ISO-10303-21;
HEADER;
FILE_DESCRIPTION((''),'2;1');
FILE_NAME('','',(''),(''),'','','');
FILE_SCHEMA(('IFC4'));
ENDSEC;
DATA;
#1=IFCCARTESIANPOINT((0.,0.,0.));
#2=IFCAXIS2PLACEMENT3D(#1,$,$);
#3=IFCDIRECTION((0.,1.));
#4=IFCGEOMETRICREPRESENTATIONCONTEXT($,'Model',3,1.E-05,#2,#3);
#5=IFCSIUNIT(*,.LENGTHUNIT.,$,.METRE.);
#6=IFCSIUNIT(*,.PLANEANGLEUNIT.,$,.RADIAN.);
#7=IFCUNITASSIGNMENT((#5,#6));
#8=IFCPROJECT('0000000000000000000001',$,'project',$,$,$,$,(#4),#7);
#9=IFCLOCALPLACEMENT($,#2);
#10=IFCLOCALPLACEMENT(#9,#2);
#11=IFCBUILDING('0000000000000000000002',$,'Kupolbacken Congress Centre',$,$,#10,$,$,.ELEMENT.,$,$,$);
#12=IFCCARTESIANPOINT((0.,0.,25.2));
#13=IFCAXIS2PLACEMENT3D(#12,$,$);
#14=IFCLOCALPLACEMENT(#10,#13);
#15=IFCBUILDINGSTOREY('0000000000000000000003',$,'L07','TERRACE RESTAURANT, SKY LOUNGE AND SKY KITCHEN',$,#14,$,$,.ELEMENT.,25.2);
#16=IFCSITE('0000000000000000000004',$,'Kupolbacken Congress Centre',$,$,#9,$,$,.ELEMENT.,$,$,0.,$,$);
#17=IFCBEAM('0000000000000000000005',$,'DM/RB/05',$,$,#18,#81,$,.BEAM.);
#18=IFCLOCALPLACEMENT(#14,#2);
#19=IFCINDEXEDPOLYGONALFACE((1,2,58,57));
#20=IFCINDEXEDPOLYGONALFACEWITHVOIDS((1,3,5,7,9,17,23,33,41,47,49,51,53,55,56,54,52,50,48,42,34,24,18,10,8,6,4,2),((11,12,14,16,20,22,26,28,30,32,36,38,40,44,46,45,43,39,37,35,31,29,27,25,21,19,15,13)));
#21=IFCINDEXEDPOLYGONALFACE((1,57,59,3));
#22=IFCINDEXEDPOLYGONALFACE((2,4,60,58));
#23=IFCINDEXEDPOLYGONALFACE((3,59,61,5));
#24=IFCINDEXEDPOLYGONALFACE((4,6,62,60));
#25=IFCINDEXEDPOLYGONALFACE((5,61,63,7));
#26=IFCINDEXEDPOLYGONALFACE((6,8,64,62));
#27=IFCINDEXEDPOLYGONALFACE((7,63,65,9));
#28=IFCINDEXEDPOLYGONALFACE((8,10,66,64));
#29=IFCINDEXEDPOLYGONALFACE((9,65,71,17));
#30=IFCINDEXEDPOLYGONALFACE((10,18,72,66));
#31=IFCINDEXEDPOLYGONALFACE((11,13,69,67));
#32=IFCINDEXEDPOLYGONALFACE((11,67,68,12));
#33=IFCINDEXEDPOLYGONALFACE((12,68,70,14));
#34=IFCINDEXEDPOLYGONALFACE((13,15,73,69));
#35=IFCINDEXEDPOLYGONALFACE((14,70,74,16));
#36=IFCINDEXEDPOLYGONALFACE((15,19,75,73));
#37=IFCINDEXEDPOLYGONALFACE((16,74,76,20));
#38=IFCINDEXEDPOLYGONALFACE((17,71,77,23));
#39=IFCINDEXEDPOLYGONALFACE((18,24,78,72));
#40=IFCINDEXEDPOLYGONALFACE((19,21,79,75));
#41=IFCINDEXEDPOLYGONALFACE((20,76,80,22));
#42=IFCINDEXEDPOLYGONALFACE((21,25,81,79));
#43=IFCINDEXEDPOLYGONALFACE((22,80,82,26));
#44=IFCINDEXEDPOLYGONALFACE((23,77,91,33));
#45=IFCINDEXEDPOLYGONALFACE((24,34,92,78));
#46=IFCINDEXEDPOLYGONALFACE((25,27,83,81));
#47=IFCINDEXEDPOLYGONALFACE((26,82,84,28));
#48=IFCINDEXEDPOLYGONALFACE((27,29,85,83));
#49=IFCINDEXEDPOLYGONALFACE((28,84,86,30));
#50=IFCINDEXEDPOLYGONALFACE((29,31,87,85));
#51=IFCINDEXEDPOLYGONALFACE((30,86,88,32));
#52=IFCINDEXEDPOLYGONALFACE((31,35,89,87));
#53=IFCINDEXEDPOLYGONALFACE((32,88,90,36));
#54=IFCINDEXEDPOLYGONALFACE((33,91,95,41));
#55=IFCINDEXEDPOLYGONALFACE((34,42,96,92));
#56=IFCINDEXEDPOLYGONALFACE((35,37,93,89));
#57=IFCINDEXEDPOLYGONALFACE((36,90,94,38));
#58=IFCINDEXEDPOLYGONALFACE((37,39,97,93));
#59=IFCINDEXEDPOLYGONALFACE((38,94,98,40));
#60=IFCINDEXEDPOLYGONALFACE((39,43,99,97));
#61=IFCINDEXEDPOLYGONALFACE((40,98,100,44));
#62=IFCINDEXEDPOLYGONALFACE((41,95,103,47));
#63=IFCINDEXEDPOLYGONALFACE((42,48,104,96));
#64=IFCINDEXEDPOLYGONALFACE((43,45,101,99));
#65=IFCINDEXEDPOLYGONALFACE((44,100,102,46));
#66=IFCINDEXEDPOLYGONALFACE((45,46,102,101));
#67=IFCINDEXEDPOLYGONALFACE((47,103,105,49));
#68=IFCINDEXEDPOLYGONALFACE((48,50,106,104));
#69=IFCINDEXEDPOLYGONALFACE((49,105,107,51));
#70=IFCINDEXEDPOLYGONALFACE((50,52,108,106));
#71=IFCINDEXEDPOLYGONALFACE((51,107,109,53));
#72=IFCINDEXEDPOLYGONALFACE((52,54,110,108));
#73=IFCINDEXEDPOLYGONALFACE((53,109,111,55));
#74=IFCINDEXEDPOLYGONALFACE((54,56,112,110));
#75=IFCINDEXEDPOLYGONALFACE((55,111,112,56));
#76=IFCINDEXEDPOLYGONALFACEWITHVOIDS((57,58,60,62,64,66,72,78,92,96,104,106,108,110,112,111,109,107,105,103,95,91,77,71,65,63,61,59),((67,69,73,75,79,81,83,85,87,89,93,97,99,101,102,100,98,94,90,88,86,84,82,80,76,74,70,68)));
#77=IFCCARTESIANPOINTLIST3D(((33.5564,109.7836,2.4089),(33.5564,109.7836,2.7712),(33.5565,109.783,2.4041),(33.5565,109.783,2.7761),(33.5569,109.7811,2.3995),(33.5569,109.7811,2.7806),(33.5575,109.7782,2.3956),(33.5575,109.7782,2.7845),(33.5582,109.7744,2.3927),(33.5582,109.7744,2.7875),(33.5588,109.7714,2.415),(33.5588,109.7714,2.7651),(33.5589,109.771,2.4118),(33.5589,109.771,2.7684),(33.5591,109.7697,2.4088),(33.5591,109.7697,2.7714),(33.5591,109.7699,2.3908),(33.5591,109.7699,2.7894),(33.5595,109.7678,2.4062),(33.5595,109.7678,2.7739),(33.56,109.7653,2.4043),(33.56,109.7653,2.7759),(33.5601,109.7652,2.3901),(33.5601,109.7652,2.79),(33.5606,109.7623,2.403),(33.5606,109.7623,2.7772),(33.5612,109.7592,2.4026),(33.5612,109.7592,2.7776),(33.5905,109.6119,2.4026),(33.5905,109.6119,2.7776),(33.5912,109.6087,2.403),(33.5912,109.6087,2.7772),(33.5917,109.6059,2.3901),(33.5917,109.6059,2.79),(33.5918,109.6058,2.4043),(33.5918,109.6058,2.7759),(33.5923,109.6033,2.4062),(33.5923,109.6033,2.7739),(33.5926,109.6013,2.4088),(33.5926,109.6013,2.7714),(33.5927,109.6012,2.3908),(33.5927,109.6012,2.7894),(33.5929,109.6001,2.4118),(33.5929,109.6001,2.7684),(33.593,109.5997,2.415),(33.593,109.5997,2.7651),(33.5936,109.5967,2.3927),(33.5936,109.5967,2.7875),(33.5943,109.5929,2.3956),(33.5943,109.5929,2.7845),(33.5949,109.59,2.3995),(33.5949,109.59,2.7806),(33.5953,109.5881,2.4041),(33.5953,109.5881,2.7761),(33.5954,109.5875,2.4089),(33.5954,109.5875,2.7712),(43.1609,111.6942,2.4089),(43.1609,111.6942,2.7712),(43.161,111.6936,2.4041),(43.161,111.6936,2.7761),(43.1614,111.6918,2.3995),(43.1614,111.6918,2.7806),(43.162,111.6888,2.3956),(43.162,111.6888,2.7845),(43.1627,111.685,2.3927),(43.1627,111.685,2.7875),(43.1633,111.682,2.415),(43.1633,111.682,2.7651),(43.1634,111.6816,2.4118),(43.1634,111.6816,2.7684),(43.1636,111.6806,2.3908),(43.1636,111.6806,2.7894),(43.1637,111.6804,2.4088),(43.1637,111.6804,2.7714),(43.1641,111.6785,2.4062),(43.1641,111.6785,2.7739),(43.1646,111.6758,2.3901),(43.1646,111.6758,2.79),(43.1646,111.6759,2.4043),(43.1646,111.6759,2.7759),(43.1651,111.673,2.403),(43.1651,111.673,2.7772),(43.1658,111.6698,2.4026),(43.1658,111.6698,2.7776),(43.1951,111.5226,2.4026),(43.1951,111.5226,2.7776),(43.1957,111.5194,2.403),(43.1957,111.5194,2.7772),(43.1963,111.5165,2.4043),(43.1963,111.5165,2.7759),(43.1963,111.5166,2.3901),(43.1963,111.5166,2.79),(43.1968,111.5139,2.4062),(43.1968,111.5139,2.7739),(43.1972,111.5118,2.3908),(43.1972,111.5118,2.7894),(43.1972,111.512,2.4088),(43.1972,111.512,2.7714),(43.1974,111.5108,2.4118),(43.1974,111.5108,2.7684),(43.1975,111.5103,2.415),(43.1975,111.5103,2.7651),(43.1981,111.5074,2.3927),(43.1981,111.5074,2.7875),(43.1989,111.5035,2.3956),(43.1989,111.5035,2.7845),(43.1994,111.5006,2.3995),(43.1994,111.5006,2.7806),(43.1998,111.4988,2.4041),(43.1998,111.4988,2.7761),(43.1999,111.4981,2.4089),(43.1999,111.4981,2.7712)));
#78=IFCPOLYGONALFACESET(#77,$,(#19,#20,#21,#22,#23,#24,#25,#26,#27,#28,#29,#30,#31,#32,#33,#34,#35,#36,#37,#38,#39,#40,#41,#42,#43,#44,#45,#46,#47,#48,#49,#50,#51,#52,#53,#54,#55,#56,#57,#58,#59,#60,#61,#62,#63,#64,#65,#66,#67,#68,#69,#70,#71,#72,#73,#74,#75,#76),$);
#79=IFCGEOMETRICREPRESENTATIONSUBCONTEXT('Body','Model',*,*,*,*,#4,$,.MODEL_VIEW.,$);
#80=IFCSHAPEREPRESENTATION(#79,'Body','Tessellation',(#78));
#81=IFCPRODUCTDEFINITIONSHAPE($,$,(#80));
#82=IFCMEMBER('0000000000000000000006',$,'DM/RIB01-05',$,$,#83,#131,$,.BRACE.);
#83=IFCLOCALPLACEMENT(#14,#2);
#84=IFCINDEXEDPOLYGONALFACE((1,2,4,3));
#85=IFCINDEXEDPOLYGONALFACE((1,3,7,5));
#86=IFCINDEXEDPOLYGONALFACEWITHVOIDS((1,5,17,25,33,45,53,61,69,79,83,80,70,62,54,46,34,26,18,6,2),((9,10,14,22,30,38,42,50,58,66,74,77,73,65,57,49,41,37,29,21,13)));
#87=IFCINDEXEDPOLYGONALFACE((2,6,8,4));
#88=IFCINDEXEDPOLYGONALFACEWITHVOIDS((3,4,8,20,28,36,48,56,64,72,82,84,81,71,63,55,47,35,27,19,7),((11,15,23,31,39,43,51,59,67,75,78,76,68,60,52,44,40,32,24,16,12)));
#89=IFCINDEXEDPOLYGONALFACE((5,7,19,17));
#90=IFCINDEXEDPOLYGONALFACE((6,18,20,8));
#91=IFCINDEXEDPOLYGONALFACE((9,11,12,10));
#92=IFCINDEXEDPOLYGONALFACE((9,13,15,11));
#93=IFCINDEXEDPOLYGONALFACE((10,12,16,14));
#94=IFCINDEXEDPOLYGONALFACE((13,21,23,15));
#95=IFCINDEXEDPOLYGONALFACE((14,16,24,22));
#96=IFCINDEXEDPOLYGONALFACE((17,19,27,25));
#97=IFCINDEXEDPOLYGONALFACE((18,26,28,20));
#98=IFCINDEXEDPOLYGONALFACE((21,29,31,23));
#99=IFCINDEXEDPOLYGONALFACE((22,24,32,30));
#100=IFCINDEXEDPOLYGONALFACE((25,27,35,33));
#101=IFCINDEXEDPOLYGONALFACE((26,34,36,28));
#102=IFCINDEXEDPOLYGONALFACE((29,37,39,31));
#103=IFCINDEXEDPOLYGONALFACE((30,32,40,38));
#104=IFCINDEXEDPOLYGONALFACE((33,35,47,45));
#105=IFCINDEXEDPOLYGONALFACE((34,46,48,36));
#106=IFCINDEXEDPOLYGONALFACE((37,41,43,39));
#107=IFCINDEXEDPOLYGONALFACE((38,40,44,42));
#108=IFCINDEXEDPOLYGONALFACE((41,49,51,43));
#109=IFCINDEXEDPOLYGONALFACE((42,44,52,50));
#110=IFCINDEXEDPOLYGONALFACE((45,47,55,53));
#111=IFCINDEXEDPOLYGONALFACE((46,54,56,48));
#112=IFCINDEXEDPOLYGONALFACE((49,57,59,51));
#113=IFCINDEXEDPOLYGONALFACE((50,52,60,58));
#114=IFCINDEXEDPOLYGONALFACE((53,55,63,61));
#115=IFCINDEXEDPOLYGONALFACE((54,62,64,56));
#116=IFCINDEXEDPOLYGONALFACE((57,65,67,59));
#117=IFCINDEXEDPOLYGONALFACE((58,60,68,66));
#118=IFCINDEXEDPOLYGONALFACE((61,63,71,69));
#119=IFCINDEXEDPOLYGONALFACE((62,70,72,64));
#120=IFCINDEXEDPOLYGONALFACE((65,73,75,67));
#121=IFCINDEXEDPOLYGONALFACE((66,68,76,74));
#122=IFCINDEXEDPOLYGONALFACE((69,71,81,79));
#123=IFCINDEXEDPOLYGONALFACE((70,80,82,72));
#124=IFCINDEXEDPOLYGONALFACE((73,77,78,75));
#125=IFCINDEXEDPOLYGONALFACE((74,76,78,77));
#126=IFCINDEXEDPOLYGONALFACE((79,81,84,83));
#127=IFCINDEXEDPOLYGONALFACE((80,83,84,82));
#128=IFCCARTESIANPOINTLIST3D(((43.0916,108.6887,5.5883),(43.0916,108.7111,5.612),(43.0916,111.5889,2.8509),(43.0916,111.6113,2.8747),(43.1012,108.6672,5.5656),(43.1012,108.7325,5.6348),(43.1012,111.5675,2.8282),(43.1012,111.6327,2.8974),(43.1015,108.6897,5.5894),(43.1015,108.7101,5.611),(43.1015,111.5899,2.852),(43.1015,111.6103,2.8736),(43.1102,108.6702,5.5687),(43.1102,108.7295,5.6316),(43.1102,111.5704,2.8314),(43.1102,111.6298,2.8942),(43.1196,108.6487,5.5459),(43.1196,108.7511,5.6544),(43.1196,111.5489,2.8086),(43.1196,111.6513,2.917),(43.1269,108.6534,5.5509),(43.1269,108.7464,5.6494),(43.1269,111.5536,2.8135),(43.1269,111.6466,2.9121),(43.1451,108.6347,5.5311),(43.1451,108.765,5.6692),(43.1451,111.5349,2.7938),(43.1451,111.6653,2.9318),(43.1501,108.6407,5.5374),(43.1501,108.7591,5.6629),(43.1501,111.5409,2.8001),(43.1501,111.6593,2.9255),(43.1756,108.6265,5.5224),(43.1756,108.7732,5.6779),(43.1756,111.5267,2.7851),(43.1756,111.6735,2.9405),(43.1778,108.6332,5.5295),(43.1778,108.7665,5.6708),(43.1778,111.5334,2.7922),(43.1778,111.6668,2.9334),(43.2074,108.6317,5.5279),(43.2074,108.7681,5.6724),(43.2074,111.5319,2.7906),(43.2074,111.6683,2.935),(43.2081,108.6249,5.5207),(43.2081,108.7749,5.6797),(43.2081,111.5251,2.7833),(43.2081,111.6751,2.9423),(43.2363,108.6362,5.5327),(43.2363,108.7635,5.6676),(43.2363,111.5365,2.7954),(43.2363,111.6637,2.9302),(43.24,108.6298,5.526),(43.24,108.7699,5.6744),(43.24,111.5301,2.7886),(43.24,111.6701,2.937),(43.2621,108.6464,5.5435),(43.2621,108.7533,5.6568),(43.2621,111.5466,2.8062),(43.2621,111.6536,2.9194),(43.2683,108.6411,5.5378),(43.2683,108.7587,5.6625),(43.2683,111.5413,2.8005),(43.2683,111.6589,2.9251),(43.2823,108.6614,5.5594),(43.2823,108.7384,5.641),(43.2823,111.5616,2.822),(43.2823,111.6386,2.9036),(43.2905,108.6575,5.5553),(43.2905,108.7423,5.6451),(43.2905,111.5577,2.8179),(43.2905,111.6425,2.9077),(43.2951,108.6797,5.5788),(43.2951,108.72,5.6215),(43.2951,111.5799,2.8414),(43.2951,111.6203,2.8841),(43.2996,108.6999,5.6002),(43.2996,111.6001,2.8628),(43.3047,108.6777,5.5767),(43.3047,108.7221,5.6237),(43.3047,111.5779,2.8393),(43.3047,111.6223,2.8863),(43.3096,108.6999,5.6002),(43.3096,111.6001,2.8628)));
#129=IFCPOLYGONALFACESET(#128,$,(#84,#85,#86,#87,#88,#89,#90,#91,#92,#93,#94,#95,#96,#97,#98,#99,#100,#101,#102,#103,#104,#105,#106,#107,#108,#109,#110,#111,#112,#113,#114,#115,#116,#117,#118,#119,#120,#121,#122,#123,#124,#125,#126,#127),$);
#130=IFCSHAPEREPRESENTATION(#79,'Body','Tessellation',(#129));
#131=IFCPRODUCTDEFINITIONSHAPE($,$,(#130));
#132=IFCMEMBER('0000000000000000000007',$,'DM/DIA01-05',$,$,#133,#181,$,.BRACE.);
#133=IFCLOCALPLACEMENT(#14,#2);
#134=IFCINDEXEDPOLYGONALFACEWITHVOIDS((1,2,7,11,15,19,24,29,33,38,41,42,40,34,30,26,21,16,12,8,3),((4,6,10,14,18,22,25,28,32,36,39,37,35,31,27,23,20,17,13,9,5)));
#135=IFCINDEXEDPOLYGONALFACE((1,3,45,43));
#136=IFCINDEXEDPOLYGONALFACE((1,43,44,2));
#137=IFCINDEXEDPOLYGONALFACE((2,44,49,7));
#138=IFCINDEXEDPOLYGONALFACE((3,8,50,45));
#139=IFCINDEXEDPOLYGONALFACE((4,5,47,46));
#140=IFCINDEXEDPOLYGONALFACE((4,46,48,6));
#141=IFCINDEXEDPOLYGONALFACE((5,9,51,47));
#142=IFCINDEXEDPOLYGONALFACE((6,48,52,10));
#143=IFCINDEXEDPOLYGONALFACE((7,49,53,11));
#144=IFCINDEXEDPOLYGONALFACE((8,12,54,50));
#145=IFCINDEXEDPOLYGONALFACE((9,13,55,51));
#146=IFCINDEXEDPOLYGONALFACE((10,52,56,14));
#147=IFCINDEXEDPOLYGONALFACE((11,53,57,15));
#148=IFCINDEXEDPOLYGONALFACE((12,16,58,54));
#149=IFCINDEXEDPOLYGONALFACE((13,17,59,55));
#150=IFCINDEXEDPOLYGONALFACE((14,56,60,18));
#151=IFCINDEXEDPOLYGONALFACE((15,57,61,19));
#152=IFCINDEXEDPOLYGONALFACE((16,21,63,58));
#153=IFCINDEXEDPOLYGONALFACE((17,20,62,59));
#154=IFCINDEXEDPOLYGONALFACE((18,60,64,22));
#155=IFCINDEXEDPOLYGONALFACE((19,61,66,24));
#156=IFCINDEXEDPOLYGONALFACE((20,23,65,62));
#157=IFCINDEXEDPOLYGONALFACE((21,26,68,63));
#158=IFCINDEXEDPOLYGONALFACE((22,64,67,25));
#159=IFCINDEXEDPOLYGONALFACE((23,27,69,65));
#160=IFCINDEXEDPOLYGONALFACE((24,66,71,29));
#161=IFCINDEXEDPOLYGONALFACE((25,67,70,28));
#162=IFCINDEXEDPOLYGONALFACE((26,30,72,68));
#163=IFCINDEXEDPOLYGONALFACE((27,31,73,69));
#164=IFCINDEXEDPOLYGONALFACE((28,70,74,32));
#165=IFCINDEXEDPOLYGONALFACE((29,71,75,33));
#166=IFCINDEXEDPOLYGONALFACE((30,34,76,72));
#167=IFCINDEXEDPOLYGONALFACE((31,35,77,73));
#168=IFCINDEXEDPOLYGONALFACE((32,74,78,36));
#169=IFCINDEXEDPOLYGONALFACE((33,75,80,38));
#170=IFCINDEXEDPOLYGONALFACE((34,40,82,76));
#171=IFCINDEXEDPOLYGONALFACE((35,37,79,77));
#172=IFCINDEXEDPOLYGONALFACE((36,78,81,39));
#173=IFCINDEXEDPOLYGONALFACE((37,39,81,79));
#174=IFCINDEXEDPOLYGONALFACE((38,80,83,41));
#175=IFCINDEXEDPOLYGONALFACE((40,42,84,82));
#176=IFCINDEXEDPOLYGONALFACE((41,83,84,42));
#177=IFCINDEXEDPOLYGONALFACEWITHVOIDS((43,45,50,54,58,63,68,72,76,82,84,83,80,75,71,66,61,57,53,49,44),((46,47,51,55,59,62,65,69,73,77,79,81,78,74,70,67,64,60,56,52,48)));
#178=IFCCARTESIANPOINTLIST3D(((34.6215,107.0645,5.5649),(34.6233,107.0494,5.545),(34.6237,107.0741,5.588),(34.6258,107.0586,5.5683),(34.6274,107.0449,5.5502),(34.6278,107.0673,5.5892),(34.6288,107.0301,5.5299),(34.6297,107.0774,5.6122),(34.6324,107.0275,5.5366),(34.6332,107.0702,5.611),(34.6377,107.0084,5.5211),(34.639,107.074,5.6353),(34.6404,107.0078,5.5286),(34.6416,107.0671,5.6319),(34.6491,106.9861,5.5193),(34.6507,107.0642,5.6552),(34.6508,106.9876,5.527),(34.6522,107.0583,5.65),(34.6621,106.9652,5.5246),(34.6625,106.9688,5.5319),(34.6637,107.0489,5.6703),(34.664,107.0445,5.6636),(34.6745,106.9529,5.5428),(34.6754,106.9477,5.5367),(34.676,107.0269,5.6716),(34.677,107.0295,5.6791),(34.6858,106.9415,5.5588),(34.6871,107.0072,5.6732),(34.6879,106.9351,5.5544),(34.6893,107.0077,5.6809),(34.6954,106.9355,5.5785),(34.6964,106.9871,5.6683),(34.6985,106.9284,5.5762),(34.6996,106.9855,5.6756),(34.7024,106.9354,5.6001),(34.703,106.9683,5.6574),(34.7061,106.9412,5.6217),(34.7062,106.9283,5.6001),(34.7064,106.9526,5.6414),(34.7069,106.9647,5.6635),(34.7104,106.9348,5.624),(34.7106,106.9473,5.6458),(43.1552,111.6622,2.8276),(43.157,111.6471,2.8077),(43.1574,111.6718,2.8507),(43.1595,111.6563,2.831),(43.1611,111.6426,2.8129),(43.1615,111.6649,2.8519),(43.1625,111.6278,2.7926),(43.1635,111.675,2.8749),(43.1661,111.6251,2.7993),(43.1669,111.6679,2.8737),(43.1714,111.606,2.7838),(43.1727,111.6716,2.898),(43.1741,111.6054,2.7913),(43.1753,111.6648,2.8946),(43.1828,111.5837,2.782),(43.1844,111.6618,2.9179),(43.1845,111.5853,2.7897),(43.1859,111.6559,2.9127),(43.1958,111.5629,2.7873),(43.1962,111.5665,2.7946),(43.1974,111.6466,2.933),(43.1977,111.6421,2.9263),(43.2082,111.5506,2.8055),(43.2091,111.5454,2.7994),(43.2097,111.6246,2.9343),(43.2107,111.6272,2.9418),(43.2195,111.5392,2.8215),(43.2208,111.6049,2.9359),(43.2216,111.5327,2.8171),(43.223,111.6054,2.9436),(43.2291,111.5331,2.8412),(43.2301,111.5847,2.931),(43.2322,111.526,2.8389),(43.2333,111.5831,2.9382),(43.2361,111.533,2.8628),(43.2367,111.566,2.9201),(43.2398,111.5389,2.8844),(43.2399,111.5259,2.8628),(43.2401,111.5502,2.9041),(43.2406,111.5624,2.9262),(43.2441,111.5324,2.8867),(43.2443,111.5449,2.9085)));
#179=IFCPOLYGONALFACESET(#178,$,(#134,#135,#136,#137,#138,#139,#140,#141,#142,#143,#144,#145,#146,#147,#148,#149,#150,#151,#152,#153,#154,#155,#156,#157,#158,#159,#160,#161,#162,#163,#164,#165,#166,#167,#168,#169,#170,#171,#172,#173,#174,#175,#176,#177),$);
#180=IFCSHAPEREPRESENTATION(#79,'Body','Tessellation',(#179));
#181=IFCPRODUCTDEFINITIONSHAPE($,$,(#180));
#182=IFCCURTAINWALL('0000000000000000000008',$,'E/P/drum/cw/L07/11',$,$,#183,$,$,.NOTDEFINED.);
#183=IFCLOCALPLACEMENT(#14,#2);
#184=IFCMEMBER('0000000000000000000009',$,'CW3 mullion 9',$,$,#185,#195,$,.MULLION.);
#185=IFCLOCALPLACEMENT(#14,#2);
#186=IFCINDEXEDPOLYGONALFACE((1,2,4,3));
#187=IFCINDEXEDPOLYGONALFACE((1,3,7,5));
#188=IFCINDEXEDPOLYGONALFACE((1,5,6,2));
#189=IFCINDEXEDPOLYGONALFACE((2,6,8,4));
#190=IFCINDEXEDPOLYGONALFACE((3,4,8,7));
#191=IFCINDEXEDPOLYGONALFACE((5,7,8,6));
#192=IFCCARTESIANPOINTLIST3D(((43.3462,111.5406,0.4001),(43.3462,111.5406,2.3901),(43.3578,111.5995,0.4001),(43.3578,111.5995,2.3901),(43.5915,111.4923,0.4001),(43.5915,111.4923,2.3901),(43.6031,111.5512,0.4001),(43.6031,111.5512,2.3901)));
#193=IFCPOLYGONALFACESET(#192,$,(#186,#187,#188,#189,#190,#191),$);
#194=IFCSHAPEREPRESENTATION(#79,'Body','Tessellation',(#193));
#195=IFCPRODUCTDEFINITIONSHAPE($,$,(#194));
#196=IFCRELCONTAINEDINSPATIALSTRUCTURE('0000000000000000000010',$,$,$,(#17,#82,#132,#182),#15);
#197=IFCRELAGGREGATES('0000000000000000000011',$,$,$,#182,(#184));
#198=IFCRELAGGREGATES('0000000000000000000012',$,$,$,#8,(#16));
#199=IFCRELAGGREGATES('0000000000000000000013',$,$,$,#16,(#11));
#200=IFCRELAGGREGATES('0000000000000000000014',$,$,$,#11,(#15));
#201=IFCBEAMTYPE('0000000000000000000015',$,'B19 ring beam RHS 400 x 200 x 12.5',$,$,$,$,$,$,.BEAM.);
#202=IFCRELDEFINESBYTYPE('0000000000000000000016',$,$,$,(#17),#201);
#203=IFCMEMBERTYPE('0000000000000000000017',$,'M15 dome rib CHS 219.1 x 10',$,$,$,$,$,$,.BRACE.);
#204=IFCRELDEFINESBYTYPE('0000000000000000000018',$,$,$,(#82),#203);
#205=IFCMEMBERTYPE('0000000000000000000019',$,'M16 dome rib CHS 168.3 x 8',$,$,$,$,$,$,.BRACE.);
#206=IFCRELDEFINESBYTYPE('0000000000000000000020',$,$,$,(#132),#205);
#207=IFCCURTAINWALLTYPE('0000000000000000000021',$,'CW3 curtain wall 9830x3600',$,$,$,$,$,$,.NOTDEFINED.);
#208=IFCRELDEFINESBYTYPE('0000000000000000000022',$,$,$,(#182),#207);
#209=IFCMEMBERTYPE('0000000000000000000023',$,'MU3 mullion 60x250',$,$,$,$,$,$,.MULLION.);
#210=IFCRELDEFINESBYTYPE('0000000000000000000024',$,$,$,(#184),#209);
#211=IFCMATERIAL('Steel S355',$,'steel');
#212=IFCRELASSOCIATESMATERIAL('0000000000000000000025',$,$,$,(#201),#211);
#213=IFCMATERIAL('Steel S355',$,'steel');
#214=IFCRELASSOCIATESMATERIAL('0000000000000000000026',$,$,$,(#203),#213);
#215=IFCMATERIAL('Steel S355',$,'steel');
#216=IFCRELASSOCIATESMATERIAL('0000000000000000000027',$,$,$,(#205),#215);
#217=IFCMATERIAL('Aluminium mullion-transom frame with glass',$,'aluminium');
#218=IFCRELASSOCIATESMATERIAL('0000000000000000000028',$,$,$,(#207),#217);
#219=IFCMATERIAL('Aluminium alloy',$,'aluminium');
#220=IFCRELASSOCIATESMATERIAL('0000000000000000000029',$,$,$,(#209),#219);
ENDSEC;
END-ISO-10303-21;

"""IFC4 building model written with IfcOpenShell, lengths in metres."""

from ifc_helpers import new_model, si_unit, direction, frame, origin, origin_2d, place, context, subcontext, project, spatial, rectangle, hollow_rectangle, hollow_circle, extrude, material, material_profile, profile_set, type_object, element, aggregate, save


model = new_model("IFC4")

# Units and contexts
model_context = context("Model", 3, precision=1e-05, world=origin(), true_north=direction((0.0, 1.0)))
body_context = subcontext(model_context, "Body", "Model", "MODEL_VIEW")
ifc_project = project(units=[si_unit("LENGTHUNIT", "METRE"), si_unit("PLANEANGLEUNIT", "RADIAN")], contexts=[model_context])

# Site, building, storey
site_placement = place(None, origin())
site = spatial("IfcSite", under=ifc_project, at=site_placement, Name="Kupolbacken Congress Centre", CompositionType="ELEMENT", RefElevation=0.0)
building_placement = place(site_placement, origin())
building = spatial("IfcBuilding", under=site, at=building_placement, Name="Kupolbacken Congress Centre", CompositionType="ELEMENT")
storey_placement = place(building_placement, frame((0.0, 0.0, 25.2)))
storey = spatial("IfcBuildingStorey", under=building, at=storey_placement, Name="L07", Description="TERRACE RESTAURANT, SKY LOUNGE AND SKY KITCHEN", CompositionType="ELEMENT", Elevation=25.2)

# Beam
ifc_material_1 = material(Name="Steel S355", Category="steel")
ifc_material_profile_1 = material_profile(ifc_material_1, hollow_rectangle(XDim=0.2, YDim=0.3999, WallThickness=0.0125, InnerFilletRadius=0.0125, OuterFilletRadius=0.0188, at=origin_2d()), Name="RHS 400 x 200 x 12.5")
ifc_profile_set_1 = profile_set([ifc_material_profile_1], Name="Steel S355")
beam_type_1 = type_object("IfcBeamType", Name="B19 ring beam RHS 400 x 200 x 12.5", PredefinedType="BEAM", material=ifc_profile_set_1)
beam_placement = place(storey_placement, frame((43.1804, 111.5962, 2.5901), z_axis=(-0.980782, -0.195109, 0.0), x_axis=(0.195109, -0.980782, 0.0)))
element("IfcBeam", 1, at=beam_placement, inside=storey, type_object=beam_type_1, Name="DM/RB/05", PredefinedType="BEAM", context=body_context, shape_type="SweptSolid", body=[
    extrude(hollow_rectangle(XDim=0.2, YDim=0.3999, WallThickness=0.0125, InnerFilletRadius=0.0125, OuterFilletRadius=0.0188, at=origin_2d()), origin(), (0.0, 0.0, 1.0), 9.7927),
])

# Members
ifc_material_2 = material(Name="Steel S355", Category="steel")
ifc_material_profile_2 = material_profile(ifc_material_2, hollow_circle(Radius=0.1096, WallThickness=0.01, at=origin_2d()), Name="CHS 219.1 x 10")
ifc_profile_set_2 = profile_set([ifc_material_profile_2], Name="Steel S355")
member_type_1 = type_object("IfcMemberType", Name="M15 dome rib CHS 219.1 x 10", PredefinedType="BRACE", material=ifc_profile_set_2)
member_1_placement = place(storey_placement, frame((43.2, 111.6001, 2.8628), z_axis=(0.0, -0.727229, 0.686395), x_axis=(1.0, 0.0, 0.0)))
element("IfcMember", 2, at=member_1_placement, inside=storey, type_object=member_type_1, Name="DM/RIB01-05", PredefinedType="BRACE", context=body_context, shape_type="SweptSolid", body=[
    extrude(hollow_circle(Radius=0.1096, WallThickness=0.01, at=origin_2d()), origin(), (0.0, 0.0, 1.0), 3.988),
])
ifc_material_3 = material(Name="Steel S355", Category="steel")
ifc_material_profile_3 = material_profile(ifc_material_3, hollow_circle(Radius=0.0842, WallThickness=0.0081, at=origin_2d()), Name="CHS 168.3 x 8")
ifc_profile_set_3 = profile_set([ifc_material_profile_3], Name="Steel S355")
member_type_2 = type_object("IfcMemberType", Name="M16 dome rib CHS 168.3 x 8", PredefinedType="BRACE", material=ifc_profile_set_3)
member_2_placement = place(storey_placement, frame((43.2, 111.6001, 2.8628), z_axis=(-0.847227, -0.456457, 0.27176), x_axis=(0.474307, -0.880359, 0.0)))
element("IfcMember", 3, at=member_2_placement, inside=storey, type_object=member_type_2, Name="DM/DIA01-05", PredefinedType="BRACE", context=body_context, shape_type="SweptSolid", body=[
    extrude(hollow_circle(Radius=0.0842, WallThickness=0.0081, at=origin_2d()), origin(), (0.0, 0.0, 1.0), 10.0725),
])

# Curtain wall, member
ifc_material_4 = material(Name="Aluminium mullion-transom frame with glass", Category="aluminium")
curtain_wall_type = type_object("IfcCurtainWallType", Name="CW3 curtain wall 9830x3600", PredefinedType="NOTDEFINED", material=ifc_material_4)
curtain_wall_placement = place(storey_placement, origin())
curtain_wall = element("IfcCurtainWall", 4, at=curtain_wall_placement, inside=storey, type_object=curtain_wall_type, Name="E/P/drum/cw/L07/11", PredefinedType="NOTDEFINED")
ifc_material_5 = material(Name="Aluminium alloy", Category="aluminium")
ifc_material_profile_4 = material_profile(ifc_material_5, rectangle(XDim=0.0601, YDim=0.25, at=origin_2d()), Name="60 x 250")
ifc_profile_set_4 = profile_set([ifc_material_profile_4], Name="Aluminium alloy")
member_type_3 = type_object("IfcMemberType", Name="MU3 mullion 60x250", PredefinedType="MULLION", material=ifc_profile_set_4)
member_3_placement = place(storey_placement, frame((43.4746, 111.5459, 0.4001), z_axis=(0.0, 0.0, 1.0), x_axis=(-0.193182, -0.981163, 0.0)))
member_3 = element("IfcMember", 5, at=member_3_placement, type_object=member_type_3, Name="CW3 mullion 9", PredefinedType="MULLION", context=body_context, shape_type="SweptSolid", body=[
    extrude(rectangle(XDim=0.0601, YDim=0.25, at=origin_2d()), origin(), (0.0, 0.0, 1.0), 1.99),
])
aggregate(curtain_wall, [member_3])

save(model, "model.ifc")
